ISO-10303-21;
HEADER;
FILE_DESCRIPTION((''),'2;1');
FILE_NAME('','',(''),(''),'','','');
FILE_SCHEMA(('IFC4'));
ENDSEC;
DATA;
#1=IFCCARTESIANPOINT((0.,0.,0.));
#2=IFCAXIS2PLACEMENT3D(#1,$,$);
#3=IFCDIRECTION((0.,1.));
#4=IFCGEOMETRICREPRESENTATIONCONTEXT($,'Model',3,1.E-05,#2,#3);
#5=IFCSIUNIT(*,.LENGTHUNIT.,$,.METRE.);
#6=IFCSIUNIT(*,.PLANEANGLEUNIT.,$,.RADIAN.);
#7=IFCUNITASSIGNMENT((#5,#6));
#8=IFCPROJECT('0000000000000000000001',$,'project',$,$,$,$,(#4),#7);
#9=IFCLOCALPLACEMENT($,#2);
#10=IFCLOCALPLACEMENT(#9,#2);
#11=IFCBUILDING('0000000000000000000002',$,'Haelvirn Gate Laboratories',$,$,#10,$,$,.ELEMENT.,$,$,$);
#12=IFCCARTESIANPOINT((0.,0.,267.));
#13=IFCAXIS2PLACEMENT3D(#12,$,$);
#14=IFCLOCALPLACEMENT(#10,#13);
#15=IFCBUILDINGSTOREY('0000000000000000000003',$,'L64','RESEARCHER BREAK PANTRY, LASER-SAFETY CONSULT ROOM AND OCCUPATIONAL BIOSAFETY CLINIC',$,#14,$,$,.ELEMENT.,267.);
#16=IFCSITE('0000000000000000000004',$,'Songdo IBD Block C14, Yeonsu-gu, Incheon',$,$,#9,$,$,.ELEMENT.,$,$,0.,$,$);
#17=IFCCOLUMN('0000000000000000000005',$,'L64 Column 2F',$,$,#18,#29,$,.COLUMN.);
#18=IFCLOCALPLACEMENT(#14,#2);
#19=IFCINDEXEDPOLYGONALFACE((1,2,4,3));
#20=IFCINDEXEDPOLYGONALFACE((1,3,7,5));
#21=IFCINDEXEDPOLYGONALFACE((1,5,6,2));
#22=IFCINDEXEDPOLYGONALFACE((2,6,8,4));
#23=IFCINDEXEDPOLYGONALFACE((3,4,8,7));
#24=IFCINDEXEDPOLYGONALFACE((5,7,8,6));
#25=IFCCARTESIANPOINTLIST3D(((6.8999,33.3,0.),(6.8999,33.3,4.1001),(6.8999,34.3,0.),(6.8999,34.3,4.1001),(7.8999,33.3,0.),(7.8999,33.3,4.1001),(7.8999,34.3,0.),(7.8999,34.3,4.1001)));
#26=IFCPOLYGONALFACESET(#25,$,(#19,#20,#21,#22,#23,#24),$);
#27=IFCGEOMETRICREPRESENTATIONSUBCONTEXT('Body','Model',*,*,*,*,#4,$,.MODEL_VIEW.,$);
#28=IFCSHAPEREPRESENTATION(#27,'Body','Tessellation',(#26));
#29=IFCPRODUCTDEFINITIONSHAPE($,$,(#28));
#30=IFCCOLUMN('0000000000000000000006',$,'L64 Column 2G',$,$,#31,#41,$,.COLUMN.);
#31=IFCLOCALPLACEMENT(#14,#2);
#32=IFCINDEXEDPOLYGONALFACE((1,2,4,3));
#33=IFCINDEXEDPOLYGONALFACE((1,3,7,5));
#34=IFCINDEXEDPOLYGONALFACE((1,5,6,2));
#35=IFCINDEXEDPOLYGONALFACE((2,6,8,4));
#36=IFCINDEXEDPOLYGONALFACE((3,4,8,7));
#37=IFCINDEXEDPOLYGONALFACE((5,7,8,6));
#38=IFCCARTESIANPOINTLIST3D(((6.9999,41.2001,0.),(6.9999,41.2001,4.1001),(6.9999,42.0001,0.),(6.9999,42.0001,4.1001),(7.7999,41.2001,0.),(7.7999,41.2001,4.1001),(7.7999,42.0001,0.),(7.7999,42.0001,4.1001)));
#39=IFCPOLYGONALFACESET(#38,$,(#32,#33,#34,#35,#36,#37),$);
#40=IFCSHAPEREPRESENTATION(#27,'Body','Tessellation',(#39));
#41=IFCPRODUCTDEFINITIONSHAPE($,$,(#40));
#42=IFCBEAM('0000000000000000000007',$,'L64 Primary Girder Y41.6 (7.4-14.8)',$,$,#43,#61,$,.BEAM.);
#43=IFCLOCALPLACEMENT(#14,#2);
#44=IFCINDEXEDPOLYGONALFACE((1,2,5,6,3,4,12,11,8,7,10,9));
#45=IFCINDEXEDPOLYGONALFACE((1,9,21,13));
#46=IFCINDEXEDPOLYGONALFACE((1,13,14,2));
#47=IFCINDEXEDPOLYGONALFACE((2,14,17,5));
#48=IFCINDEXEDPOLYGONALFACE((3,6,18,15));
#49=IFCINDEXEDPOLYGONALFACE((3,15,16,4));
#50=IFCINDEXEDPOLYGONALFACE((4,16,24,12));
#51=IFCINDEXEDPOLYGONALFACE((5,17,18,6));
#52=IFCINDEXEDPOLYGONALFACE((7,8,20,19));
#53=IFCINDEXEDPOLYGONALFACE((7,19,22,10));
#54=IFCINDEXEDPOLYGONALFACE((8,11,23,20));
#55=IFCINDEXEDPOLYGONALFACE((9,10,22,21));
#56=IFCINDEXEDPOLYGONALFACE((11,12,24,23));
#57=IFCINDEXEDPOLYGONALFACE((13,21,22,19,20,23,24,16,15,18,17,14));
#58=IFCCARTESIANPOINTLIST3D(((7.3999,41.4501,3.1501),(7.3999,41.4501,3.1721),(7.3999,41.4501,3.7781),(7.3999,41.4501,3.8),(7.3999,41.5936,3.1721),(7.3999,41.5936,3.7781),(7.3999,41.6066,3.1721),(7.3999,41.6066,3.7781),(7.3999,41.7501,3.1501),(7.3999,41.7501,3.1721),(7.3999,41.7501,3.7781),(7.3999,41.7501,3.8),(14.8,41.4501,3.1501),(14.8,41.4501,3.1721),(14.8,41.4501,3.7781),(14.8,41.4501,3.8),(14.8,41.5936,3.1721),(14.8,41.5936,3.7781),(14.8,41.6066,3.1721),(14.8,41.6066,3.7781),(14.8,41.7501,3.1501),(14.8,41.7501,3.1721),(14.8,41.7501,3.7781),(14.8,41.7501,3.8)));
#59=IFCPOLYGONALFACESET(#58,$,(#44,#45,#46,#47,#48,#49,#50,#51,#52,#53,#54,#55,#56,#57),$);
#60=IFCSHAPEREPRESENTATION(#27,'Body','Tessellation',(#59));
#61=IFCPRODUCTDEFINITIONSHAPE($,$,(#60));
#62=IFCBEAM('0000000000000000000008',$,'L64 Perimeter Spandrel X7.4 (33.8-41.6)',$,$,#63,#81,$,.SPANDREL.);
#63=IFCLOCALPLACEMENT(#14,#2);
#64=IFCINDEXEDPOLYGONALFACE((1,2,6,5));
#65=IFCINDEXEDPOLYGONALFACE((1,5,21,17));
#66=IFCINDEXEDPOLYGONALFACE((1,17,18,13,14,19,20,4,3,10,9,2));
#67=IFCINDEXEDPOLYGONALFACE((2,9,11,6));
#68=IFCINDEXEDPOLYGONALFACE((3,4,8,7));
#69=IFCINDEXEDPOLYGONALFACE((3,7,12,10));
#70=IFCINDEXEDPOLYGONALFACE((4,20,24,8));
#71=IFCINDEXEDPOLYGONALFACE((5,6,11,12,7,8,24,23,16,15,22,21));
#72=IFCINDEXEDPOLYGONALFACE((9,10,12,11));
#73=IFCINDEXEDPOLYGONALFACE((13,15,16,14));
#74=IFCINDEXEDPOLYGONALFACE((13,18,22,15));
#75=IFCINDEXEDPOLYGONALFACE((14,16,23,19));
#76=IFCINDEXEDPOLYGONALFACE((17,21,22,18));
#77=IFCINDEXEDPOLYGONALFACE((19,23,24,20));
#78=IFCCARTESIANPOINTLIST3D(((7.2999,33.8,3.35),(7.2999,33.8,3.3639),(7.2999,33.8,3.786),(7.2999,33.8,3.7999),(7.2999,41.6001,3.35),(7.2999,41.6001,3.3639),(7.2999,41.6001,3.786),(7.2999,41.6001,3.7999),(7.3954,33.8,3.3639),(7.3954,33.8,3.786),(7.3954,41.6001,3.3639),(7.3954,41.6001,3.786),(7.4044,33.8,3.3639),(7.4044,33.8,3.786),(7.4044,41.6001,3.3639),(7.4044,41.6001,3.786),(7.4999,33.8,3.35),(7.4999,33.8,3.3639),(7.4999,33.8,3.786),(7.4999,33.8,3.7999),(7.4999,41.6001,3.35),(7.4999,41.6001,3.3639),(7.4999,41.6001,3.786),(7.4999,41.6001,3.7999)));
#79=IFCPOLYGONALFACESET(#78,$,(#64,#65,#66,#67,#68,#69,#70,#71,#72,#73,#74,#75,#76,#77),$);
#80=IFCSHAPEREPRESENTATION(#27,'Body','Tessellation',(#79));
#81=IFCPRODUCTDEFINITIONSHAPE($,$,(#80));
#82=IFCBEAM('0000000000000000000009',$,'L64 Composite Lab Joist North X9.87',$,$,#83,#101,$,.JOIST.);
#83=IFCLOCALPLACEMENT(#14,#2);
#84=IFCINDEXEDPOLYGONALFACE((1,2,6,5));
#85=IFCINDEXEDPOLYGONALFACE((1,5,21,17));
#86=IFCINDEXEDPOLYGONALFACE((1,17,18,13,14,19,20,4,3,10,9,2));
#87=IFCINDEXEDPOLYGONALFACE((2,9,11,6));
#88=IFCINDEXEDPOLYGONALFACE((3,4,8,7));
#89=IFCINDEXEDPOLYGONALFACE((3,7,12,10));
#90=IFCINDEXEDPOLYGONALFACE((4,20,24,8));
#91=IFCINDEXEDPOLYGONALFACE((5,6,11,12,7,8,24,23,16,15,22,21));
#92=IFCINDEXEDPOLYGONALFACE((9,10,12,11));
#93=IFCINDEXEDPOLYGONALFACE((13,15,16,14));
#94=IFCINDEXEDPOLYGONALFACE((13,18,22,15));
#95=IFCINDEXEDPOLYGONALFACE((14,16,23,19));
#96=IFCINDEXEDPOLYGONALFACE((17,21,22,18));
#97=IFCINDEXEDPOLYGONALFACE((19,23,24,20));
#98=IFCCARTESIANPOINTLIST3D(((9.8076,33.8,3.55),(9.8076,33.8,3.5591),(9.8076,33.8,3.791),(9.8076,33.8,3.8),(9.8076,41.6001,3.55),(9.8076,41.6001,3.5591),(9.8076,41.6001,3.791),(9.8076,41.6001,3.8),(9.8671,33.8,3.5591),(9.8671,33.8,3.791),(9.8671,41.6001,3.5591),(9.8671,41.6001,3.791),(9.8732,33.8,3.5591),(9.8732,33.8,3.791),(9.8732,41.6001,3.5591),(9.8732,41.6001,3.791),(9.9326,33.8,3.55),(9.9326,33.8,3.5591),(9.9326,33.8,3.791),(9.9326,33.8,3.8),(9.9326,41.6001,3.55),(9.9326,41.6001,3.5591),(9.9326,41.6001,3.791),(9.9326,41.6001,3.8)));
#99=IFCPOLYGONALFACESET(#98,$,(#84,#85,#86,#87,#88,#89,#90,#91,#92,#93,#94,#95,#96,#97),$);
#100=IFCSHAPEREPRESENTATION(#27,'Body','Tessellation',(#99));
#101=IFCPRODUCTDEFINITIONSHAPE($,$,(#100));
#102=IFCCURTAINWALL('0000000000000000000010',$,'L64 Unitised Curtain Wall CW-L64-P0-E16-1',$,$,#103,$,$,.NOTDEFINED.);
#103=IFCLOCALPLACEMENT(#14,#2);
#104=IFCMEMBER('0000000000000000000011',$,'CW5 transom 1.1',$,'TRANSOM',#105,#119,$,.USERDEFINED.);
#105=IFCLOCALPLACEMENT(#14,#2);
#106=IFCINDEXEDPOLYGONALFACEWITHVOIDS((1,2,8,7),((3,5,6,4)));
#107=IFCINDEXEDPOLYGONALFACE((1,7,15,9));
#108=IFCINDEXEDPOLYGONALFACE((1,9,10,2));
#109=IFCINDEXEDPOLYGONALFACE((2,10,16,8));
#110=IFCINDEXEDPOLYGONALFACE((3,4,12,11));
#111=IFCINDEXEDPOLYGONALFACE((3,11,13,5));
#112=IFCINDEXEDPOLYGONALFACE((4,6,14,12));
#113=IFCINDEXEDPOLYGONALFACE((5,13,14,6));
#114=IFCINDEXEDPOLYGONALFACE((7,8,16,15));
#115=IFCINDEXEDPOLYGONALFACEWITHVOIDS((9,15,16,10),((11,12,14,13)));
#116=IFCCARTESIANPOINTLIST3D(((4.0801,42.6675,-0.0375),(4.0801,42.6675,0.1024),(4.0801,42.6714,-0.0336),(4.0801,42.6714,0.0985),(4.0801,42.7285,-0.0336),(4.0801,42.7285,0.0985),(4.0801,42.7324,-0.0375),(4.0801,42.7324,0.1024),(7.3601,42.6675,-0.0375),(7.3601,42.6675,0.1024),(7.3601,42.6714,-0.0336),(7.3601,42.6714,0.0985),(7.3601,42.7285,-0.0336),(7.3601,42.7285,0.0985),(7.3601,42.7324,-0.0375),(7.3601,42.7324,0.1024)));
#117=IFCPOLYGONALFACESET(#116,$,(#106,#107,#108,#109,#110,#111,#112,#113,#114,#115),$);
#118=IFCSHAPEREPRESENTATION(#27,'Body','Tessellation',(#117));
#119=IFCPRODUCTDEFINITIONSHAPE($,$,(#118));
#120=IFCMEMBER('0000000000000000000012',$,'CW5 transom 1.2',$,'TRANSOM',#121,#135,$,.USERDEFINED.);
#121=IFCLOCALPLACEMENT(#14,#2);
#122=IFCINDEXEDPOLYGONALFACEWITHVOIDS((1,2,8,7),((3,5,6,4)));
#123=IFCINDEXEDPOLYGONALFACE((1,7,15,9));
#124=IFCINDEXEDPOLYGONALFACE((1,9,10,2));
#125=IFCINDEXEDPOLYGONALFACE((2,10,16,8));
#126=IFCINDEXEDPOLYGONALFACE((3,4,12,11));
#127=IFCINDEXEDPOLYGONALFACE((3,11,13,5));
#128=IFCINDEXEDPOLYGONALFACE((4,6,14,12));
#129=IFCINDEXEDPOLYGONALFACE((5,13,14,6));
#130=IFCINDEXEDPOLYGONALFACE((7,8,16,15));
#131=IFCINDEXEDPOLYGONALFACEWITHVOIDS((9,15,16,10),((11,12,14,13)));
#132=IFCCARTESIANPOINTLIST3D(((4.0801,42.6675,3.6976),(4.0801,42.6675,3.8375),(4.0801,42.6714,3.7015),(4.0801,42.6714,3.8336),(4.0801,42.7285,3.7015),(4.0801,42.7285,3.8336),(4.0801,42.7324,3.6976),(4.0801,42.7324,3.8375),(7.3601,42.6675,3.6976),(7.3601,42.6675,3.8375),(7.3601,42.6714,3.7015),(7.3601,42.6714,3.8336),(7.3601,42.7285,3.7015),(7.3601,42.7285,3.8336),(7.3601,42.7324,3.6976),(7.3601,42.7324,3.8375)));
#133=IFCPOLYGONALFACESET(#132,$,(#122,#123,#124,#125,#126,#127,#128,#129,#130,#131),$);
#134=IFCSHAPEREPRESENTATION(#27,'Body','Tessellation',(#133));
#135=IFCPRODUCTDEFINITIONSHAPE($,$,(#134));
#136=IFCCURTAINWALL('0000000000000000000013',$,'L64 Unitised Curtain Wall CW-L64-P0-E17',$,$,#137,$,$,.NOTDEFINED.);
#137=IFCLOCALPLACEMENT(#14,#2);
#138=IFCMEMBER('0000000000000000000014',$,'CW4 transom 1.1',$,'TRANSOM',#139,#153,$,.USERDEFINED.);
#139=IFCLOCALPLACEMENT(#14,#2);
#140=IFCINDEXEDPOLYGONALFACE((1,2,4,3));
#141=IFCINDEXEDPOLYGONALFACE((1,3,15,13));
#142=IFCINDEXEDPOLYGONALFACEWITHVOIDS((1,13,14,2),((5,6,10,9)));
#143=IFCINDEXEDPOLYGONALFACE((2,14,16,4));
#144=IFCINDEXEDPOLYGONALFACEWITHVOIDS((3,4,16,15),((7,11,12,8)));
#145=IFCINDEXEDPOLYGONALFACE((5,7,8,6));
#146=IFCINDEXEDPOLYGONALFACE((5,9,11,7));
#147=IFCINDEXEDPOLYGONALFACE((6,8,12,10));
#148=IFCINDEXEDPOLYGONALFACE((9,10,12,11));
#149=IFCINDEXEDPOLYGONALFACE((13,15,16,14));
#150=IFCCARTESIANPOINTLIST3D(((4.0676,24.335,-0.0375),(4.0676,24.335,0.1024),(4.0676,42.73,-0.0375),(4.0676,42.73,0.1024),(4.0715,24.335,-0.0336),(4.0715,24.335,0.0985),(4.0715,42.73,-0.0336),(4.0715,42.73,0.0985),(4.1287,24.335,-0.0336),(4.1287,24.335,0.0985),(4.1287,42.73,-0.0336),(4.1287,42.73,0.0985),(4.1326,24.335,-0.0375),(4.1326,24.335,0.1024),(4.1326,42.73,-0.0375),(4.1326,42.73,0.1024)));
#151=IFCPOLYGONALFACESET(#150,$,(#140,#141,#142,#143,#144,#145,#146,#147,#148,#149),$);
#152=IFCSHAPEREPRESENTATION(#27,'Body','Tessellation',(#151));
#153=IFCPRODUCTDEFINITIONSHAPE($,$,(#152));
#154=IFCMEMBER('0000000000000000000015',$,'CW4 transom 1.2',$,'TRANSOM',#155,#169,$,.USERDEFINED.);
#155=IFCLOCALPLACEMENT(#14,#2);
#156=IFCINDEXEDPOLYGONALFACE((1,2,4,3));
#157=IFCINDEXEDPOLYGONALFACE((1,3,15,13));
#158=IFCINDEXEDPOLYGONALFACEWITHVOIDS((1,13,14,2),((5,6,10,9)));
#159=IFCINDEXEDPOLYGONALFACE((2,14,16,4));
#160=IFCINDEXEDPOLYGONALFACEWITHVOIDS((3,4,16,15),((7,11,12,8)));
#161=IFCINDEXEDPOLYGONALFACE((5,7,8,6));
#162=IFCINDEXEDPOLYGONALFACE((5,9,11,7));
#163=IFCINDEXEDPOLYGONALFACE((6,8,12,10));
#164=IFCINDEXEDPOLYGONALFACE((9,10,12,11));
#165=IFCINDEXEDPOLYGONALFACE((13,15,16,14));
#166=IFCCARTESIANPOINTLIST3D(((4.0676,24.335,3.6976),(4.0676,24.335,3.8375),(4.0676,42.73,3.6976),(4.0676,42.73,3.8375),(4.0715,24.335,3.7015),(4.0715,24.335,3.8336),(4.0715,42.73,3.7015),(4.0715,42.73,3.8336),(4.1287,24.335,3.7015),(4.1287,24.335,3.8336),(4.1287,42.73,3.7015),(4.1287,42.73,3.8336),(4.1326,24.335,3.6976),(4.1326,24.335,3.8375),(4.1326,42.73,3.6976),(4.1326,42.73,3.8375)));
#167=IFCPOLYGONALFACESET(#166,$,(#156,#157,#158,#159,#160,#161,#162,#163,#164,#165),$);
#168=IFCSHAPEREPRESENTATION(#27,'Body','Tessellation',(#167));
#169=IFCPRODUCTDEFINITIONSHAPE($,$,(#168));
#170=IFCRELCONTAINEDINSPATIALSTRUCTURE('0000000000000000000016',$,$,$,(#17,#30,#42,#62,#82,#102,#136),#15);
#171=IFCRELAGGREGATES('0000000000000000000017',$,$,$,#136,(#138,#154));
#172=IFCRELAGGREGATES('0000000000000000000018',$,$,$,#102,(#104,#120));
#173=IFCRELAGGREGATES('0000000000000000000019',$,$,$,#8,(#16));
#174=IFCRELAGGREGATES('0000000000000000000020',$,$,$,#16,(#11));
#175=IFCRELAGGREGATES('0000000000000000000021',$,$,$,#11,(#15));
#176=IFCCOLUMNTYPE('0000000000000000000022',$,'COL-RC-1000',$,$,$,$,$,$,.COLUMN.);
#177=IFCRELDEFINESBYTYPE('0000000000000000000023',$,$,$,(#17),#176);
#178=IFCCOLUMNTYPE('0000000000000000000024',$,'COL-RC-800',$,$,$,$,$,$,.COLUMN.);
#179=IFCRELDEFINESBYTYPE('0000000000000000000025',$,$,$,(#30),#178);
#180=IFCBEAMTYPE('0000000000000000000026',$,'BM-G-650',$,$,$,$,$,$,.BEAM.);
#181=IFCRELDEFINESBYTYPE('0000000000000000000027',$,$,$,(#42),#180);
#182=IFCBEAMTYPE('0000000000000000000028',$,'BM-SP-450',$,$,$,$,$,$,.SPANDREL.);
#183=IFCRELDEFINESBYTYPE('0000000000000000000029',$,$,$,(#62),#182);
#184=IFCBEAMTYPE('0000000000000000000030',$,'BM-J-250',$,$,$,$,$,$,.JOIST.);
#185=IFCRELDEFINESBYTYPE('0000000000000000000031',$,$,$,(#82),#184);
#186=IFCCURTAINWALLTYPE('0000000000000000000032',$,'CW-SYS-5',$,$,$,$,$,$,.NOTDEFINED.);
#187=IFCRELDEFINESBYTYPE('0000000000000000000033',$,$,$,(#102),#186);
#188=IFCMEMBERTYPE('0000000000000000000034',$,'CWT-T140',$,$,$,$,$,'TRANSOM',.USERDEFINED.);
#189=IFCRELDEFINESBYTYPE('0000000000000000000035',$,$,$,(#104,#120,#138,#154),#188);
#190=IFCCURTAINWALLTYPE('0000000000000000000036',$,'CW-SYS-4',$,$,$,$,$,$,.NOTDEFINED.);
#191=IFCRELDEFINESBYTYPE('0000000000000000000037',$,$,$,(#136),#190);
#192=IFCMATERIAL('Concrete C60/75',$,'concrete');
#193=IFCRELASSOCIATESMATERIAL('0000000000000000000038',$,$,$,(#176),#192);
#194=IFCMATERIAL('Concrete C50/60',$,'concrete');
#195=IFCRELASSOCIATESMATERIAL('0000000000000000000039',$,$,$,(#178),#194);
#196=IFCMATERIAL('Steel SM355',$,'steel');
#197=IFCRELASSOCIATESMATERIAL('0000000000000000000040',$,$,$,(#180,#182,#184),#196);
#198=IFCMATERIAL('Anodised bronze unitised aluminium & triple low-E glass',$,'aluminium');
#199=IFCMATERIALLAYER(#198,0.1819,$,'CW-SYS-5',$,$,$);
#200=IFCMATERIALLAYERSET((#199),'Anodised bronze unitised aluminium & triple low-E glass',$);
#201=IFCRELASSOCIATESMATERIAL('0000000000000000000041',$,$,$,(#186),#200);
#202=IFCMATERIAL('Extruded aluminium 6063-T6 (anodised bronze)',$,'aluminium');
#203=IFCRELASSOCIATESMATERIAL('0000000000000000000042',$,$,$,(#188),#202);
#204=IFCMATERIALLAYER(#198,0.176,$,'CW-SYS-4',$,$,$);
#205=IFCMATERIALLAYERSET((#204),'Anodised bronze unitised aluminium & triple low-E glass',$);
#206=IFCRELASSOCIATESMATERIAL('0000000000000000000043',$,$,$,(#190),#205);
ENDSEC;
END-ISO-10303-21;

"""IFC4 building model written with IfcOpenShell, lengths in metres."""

from ifc_helpers import new_model, si_unit, direction, frame, origin, origin_2d, place, context, subcontext, project, spatial, rectangle, hollow_rectangle, i_section, extrude, source, transform, mapped, material, layer, layer_set, material_profile, profile_set, type_object, type_shapes, element, aggregate, save


model = new_model("IFC4")

# Units and contexts
model_context = context("Model", 3, precision=1e-05, world=origin(), true_north=direction((0.0, 1.0)))
body_context = subcontext(model_context, "Body", "Model", "MODEL_VIEW")
ifc_project = project(units=[si_unit("LENGTHUNIT", "METRE"), si_unit("PLANEANGLEUNIT", "RADIAN")], contexts=[model_context])

# Site, building, storey
site_placement = place(None, origin())
site = spatial("IfcSite", under=ifc_project, at=site_placement, Name="Songdo IBD Block C14, Yeonsu-gu, Incheon", CompositionType="ELEMENT", RefElevation=0.0)
building_placement = place(site_placement, origin())
building = spatial("IfcBuilding", under=site, at=building_placement, Name="Haelvirn Gate Laboratories", CompositionType="ELEMENT")
storey_placement = place(building_placement, frame((0.0, 0.0, 267.0)))
storey = spatial("IfcBuildingStorey", under=building, at=storey_placement, Name="L64", Description="RESEARCHER BREAK PANTRY, LASER-SAFETY CONSULT ROOM AND OCCUPATIONAL BIOSAFETY CLINIC", CompositionType="ELEMENT", Elevation=267.0)

# Columns
ifc_material_1 = material(Name="Concrete C60/75", Category="concrete")
ifc_material_profile_1 = material_profile(ifc_material_1, rectangle(XDim=1.0, YDim=1.0, at=origin_2d()), Name="RC-1000x1000")
ifc_profile_set_1 = profile_set([ifc_material_profile_1], Name="Concrete C60/75")
column_type_1 = type_object("IfcColumnType", Name="COL-RC-1000", PredefinedType="COLUMN", material=ifc_profile_set_1)
shared_shape_1 = source(origin(), body_context, "Body", "SweptSolid", [
    extrude(rectangle(XDim=1.0, YDim=1.0, at=origin_2d()), origin(), (0.0, 0.0, 1.0), 4.1001),
])
type_shapes(column_type_1, [shared_shape_1])
column_1_placement = place(storey_placement, frame((7.3999, 33.8, 0.0), z_axis=(0.0, 0.0, 1.0), x_axis=(1.0, 0.0, 0.0)))
element("IfcColumn", 1, at=column_1_placement, inside=storey, type_object=column_type_1, Name="L64 Column 2F", PredefinedType="COLUMN", context=body_context, shape_type="MappedRepresentation", body=[
    mapped(shared_shape_1, transform((0.0, 0.0, 0.0), scale=1.0)),
])
ifc_material_2 = material(Name="Concrete C50/60", Category="concrete")
ifc_material_profile_2 = material_profile(ifc_material_2, rectangle(XDim=0.8, YDim=0.8, at=origin_2d()), Name="RC-800x800")
ifc_profile_set_2 = profile_set([ifc_material_profile_2], Name="Concrete C50/60")
column_type_2 = type_object("IfcColumnType", Name="COL-RC-800", PredefinedType="COLUMN", material=ifc_profile_set_2)
shared_shape_2 = source(origin(), body_context, "Body", "SweptSolid", [
    extrude(rectangle(XDim=0.8, YDim=0.8, at=origin_2d()), origin(), (0.0, 0.0, 1.0), 4.1001),
])
type_shapes(column_type_2, [shared_shape_2])
column_2_placement = place(storey_placement, frame((7.3999, 41.6001, 0.0), z_axis=(0.0, 0.0, 1.0), x_axis=(1.0, 0.0, 0.0)))
element("IfcColumn", 2, at=column_2_placement, inside=storey, type_object=column_type_2, Name="L64 Column 2G", PredefinedType="COLUMN", context=body_context, shape_type="MappedRepresentation", body=[
    mapped(shared_shape_2, transform((0.0, 0.0, 0.0), scale=1.0)),
])

# Beams
ifc_material_3 = material(Name="Steel SM355", Category="steel")
ifc_material_profile_3 = material_profile(ifc_material_3, i_section(OverallWidth=0.3, OverallDepth=0.6499, WebThickness=0.0129, FlangeThickness=0.022, at=origin_2d()), Name="H-650x300x13x22")
ifc_profile_set_3 = profile_set([ifc_material_profile_3], Name="Steel SM355")
beam_type_1 = type_object("IfcBeamType", Name="BM-G-650", PredefinedType="BEAM", material=ifc_profile_set_3)
shared_shape_3 = source(origin(), body_context, "Body", "SweptSolid", [
    extrude(i_section(OverallWidth=0.3, OverallDepth=0.6499, WebThickness=0.0129, FlangeThickness=0.022, at=origin_2d()), origin(), (0.0, 0.0, 1.0), 7.4001),
])
type_shapes(beam_type_1, [shared_shape_3])
beam_1_placement = place(storey_placement, frame((7.3999, 41.6001, 3.4751), z_axis=(1.0, 0.0, 0.0), x_axis=(0.0, 1.0, 0.0)))
element("IfcBeam", 3, at=beam_1_placement, inside=storey, type_object=beam_type_1, Name="L64 Primary Girder Y41.6 (7.4-14.8)", PredefinedType="BEAM", context=body_context, shape_type="MappedRepresentation", body=[
    mapped(shared_shape_3, transform((0.0, 0.0, 0.0), scale=1.0)),
])
ifc_material_profile_4 = material_profile(ifc_material_3, i_section(OverallWidth=0.2, OverallDepth=0.45, WebThickness=0.009, FlangeThickness=0.0139, at=origin_2d()), Name="H-450x200x9x14")
ifc_profile_set_4 = profile_set([ifc_material_profile_4], Name="Steel SM355")
beam_type_2 = type_object("IfcBeamType", Name="BM-SP-450", PredefinedType="SPANDREL", material=ifc_profile_set_4)
shared_shape_4 = source(origin(), body_context, "Body", "SweptSolid", [
    extrude(i_section(OverallWidth=0.2, OverallDepth=0.45, WebThickness=0.009, FlangeThickness=0.0139, at=origin_2d()), origin(), (0.0, 0.0, 1.0), 7.8),
])
type_shapes(beam_type_2, [shared_shape_4])
beam_2_placement = place(storey_placement, frame((7.3999, 33.8, 3.575), z_axis=(0.0, 1.0, 0.0), x_axis=(-1.0, 0.0, 0.0)))
element("IfcBeam", 4, at=beam_2_placement, inside=storey, type_object=beam_type_2, Name="L64 Perimeter Spandrel X7.4 (33.8-41.6)", PredefinedType="SPANDREL", context=body_context, shape_type="MappedRepresentation", body=[
    mapped(shared_shape_4, transform((0.0, 0.0, 0.0), scale=1.0)),
])
ifc_material_profile_5 = material_profile(ifc_material_3, i_section(OverallWidth=0.125, OverallDepth=0.25, WebThickness=0.0061, FlangeThickness=0.009, at=origin_2d()), Name="H-250x125x6x9")
ifc_profile_set_5 = profile_set([ifc_material_profile_5], Name="Steel SM355")
beam_type_3 = type_object("IfcBeamType", Name="BM-J-250", PredefinedType="JOIST", material=ifc_profile_set_5)
shared_shape_5 = source(origin(), body_context, "Body", "SweptSolid", [
    extrude(i_section(OverallWidth=0.125, OverallDepth=0.25, WebThickness=0.0061, FlangeThickness=0.009, at=origin_2d()), origin(), (0.0, 0.0, 1.0), 7.8),
])
type_shapes(beam_type_3, [shared_shape_5])
beam_3_placement = place(storey_placement, frame((9.8701, 33.8, 3.675), z_axis=(0.0, 1.0, 0.0), x_axis=(-1.0, 0.0, 0.0)))
element("IfcBeam", 5, at=beam_3_placement, inside=storey, type_object=beam_type_3, Name="L64 Composite Lab Joist North X9.87", PredefinedType="JOIST", context=body_context, shape_type="MappedRepresentation", body=[
    mapped(shared_shape_5, transform((0.0, 0.0, 0.0), scale=1.0)),
])

# Curtain walls, members
ifc_material_4 = material(Name="Anodised bronze unitised aluminium & triple low-E glass", Category="aluminium")
ifc_layer_1 = layer(ifc_material_4, 0.1819, Name="CW-SYS-5")
ifc_layer_set_1 = layer_set([ifc_layer_1], Name="Anodised bronze unitised aluminium & triple low-E glass")
curtain_wall_type_1 = type_object("IfcCurtainWallType", Name="CW-SYS-5", PredefinedType="NOTDEFINED", material=ifc_layer_set_1)
curtain_wall_1_placement = place(storey_placement, origin())
curtain_wall_1 = element("IfcCurtainWall", 6, at=curtain_wall_1_placement, inside=storey, type_object=curtain_wall_type_1, Name="L64 Unitised Curtain Wall CW-L64-P0-E16-1", PredefinedType="NOTDEFINED")
ifc_material_5 = material(Name="Extruded aluminium 6063-T6 (anodised bronze)", Category="aluminium")
ifc_material_profile_6 = material_profile(ifc_material_5, hollow_rectangle(XDim=0.0649, YDim=0.1399, WallThickness=0.0039, at=origin_2d()), Name="CWT-140x65x4")
ifc_profile_set_6 = profile_set([ifc_material_profile_6], Name="Extruded aluminium 6063-T6 (anodised bronze)")
member_type_1 = type_object("IfcMemberType", Name="CWT-T140", ElementType="TRANSOM", PredefinedType="USERDEFINED", material=ifc_profile_set_6)
shared_shape_6 = source(origin(), body_context, "Body", "SweptSolid", [
    extrude(hollow_rectangle(XDim=0.0649, YDim=0.1399, WallThickness=0.0039, at=origin_2d()), origin(), (0.0, 0.0, 1.0), 3.28),
])
member_1_placement = place(storey_placement, frame((4.0801, 42.7, 0.0325), z_axis=(1.0, 0.0, 0.0), x_axis=(0.0, 1.0, 0.0)))
member_1 = element("IfcMember", 7, at=member_1_placement, type_object=member_type_1, Name="CW5 transom 1.1", ObjectType="TRANSOM", PredefinedType="USERDEFINED", context=body_context, shape_type="MappedRepresentation", body=[
    mapped(shared_shape_6, transform((0.0, 0.0, 0.0), scale=1.0)),
])
member_2_placement = place(storey_placement, frame((4.0801, 42.7, 3.7676), z_axis=(1.0, 0.0, 0.0), x_axis=(0.0, 1.0, 0.0)))
member_2 = element("IfcMember", 8, at=member_2_placement, type_object=member_type_1, Name="CW5 transom 1.2", ObjectType="TRANSOM", PredefinedType="USERDEFINED", context=body_context, shape_type="MappedRepresentation", body=[
    mapped(shared_shape_6, transform((0.0, 0.0, 0.0), scale=1.0)),
])
ifc_layer_2 = layer(ifc_material_4, 0.176, Name="CW-SYS-4")
ifc_layer_set_2 = layer_set([ifc_layer_2], Name="Anodised bronze unitised aluminium & triple low-E glass")
curtain_wall_type_2 = type_object("IfcCurtainWallType", Name="CW-SYS-4", PredefinedType="NOTDEFINED", material=ifc_layer_set_2)
curtain_wall_2_placement = place(storey_placement, origin())
curtain_wall_2 = element("IfcCurtainWall", 9, at=curtain_wall_2_placement, inside=storey, type_object=curtain_wall_type_2, Name="L64 Unitised Curtain Wall CW-L64-P0-E17", PredefinedType="NOTDEFINED")
shared_shape_7 = source(origin(), body_context, "Body", "SweptSolid", [
    extrude(hollow_rectangle(XDim=0.0649, YDim=0.1399, WallThickness=0.0039, at=origin_2d()), origin(), (0.0, 0.0, 1.0), 18.395),
])
member_3_placement = place(storey_placement, frame((4.1001, 42.73, 0.0325), z_axis=(0.0, -1.0, 0.0), x_axis=(1.0, 0.0, 0.0)))
member_3 = element("IfcMember", 10, at=member_3_placement, type_object=member_type_1, Name="CW4 transom 1.1", ObjectType="TRANSOM", PredefinedType="USERDEFINED", context=body_context, shape_type="MappedRepresentation", body=[
    mapped(shared_shape_7, transform((0.0, 0.0, 0.0), scale=1.0)),
])
member_4_placement = place(storey_placement, frame((4.1001, 42.73, 3.7676), z_axis=(0.0, -1.0, 0.0), x_axis=(1.0, 0.0, 0.0)))
member_4 = element("IfcMember", 11, at=member_4_placement, type_object=member_type_1, Name="CW4 transom 1.2", ObjectType="TRANSOM", PredefinedType="USERDEFINED", context=body_context, shape_type="MappedRepresentation", body=[
    mapped(shared_shape_7, transform((0.0, 0.0, 0.0), scale=1.0)),
])

aggregate(curtain_wall_2, [member_3, member_4])

aggregate(curtain_wall_1, [member_1, member_2])

save(model, "model.ifc")
